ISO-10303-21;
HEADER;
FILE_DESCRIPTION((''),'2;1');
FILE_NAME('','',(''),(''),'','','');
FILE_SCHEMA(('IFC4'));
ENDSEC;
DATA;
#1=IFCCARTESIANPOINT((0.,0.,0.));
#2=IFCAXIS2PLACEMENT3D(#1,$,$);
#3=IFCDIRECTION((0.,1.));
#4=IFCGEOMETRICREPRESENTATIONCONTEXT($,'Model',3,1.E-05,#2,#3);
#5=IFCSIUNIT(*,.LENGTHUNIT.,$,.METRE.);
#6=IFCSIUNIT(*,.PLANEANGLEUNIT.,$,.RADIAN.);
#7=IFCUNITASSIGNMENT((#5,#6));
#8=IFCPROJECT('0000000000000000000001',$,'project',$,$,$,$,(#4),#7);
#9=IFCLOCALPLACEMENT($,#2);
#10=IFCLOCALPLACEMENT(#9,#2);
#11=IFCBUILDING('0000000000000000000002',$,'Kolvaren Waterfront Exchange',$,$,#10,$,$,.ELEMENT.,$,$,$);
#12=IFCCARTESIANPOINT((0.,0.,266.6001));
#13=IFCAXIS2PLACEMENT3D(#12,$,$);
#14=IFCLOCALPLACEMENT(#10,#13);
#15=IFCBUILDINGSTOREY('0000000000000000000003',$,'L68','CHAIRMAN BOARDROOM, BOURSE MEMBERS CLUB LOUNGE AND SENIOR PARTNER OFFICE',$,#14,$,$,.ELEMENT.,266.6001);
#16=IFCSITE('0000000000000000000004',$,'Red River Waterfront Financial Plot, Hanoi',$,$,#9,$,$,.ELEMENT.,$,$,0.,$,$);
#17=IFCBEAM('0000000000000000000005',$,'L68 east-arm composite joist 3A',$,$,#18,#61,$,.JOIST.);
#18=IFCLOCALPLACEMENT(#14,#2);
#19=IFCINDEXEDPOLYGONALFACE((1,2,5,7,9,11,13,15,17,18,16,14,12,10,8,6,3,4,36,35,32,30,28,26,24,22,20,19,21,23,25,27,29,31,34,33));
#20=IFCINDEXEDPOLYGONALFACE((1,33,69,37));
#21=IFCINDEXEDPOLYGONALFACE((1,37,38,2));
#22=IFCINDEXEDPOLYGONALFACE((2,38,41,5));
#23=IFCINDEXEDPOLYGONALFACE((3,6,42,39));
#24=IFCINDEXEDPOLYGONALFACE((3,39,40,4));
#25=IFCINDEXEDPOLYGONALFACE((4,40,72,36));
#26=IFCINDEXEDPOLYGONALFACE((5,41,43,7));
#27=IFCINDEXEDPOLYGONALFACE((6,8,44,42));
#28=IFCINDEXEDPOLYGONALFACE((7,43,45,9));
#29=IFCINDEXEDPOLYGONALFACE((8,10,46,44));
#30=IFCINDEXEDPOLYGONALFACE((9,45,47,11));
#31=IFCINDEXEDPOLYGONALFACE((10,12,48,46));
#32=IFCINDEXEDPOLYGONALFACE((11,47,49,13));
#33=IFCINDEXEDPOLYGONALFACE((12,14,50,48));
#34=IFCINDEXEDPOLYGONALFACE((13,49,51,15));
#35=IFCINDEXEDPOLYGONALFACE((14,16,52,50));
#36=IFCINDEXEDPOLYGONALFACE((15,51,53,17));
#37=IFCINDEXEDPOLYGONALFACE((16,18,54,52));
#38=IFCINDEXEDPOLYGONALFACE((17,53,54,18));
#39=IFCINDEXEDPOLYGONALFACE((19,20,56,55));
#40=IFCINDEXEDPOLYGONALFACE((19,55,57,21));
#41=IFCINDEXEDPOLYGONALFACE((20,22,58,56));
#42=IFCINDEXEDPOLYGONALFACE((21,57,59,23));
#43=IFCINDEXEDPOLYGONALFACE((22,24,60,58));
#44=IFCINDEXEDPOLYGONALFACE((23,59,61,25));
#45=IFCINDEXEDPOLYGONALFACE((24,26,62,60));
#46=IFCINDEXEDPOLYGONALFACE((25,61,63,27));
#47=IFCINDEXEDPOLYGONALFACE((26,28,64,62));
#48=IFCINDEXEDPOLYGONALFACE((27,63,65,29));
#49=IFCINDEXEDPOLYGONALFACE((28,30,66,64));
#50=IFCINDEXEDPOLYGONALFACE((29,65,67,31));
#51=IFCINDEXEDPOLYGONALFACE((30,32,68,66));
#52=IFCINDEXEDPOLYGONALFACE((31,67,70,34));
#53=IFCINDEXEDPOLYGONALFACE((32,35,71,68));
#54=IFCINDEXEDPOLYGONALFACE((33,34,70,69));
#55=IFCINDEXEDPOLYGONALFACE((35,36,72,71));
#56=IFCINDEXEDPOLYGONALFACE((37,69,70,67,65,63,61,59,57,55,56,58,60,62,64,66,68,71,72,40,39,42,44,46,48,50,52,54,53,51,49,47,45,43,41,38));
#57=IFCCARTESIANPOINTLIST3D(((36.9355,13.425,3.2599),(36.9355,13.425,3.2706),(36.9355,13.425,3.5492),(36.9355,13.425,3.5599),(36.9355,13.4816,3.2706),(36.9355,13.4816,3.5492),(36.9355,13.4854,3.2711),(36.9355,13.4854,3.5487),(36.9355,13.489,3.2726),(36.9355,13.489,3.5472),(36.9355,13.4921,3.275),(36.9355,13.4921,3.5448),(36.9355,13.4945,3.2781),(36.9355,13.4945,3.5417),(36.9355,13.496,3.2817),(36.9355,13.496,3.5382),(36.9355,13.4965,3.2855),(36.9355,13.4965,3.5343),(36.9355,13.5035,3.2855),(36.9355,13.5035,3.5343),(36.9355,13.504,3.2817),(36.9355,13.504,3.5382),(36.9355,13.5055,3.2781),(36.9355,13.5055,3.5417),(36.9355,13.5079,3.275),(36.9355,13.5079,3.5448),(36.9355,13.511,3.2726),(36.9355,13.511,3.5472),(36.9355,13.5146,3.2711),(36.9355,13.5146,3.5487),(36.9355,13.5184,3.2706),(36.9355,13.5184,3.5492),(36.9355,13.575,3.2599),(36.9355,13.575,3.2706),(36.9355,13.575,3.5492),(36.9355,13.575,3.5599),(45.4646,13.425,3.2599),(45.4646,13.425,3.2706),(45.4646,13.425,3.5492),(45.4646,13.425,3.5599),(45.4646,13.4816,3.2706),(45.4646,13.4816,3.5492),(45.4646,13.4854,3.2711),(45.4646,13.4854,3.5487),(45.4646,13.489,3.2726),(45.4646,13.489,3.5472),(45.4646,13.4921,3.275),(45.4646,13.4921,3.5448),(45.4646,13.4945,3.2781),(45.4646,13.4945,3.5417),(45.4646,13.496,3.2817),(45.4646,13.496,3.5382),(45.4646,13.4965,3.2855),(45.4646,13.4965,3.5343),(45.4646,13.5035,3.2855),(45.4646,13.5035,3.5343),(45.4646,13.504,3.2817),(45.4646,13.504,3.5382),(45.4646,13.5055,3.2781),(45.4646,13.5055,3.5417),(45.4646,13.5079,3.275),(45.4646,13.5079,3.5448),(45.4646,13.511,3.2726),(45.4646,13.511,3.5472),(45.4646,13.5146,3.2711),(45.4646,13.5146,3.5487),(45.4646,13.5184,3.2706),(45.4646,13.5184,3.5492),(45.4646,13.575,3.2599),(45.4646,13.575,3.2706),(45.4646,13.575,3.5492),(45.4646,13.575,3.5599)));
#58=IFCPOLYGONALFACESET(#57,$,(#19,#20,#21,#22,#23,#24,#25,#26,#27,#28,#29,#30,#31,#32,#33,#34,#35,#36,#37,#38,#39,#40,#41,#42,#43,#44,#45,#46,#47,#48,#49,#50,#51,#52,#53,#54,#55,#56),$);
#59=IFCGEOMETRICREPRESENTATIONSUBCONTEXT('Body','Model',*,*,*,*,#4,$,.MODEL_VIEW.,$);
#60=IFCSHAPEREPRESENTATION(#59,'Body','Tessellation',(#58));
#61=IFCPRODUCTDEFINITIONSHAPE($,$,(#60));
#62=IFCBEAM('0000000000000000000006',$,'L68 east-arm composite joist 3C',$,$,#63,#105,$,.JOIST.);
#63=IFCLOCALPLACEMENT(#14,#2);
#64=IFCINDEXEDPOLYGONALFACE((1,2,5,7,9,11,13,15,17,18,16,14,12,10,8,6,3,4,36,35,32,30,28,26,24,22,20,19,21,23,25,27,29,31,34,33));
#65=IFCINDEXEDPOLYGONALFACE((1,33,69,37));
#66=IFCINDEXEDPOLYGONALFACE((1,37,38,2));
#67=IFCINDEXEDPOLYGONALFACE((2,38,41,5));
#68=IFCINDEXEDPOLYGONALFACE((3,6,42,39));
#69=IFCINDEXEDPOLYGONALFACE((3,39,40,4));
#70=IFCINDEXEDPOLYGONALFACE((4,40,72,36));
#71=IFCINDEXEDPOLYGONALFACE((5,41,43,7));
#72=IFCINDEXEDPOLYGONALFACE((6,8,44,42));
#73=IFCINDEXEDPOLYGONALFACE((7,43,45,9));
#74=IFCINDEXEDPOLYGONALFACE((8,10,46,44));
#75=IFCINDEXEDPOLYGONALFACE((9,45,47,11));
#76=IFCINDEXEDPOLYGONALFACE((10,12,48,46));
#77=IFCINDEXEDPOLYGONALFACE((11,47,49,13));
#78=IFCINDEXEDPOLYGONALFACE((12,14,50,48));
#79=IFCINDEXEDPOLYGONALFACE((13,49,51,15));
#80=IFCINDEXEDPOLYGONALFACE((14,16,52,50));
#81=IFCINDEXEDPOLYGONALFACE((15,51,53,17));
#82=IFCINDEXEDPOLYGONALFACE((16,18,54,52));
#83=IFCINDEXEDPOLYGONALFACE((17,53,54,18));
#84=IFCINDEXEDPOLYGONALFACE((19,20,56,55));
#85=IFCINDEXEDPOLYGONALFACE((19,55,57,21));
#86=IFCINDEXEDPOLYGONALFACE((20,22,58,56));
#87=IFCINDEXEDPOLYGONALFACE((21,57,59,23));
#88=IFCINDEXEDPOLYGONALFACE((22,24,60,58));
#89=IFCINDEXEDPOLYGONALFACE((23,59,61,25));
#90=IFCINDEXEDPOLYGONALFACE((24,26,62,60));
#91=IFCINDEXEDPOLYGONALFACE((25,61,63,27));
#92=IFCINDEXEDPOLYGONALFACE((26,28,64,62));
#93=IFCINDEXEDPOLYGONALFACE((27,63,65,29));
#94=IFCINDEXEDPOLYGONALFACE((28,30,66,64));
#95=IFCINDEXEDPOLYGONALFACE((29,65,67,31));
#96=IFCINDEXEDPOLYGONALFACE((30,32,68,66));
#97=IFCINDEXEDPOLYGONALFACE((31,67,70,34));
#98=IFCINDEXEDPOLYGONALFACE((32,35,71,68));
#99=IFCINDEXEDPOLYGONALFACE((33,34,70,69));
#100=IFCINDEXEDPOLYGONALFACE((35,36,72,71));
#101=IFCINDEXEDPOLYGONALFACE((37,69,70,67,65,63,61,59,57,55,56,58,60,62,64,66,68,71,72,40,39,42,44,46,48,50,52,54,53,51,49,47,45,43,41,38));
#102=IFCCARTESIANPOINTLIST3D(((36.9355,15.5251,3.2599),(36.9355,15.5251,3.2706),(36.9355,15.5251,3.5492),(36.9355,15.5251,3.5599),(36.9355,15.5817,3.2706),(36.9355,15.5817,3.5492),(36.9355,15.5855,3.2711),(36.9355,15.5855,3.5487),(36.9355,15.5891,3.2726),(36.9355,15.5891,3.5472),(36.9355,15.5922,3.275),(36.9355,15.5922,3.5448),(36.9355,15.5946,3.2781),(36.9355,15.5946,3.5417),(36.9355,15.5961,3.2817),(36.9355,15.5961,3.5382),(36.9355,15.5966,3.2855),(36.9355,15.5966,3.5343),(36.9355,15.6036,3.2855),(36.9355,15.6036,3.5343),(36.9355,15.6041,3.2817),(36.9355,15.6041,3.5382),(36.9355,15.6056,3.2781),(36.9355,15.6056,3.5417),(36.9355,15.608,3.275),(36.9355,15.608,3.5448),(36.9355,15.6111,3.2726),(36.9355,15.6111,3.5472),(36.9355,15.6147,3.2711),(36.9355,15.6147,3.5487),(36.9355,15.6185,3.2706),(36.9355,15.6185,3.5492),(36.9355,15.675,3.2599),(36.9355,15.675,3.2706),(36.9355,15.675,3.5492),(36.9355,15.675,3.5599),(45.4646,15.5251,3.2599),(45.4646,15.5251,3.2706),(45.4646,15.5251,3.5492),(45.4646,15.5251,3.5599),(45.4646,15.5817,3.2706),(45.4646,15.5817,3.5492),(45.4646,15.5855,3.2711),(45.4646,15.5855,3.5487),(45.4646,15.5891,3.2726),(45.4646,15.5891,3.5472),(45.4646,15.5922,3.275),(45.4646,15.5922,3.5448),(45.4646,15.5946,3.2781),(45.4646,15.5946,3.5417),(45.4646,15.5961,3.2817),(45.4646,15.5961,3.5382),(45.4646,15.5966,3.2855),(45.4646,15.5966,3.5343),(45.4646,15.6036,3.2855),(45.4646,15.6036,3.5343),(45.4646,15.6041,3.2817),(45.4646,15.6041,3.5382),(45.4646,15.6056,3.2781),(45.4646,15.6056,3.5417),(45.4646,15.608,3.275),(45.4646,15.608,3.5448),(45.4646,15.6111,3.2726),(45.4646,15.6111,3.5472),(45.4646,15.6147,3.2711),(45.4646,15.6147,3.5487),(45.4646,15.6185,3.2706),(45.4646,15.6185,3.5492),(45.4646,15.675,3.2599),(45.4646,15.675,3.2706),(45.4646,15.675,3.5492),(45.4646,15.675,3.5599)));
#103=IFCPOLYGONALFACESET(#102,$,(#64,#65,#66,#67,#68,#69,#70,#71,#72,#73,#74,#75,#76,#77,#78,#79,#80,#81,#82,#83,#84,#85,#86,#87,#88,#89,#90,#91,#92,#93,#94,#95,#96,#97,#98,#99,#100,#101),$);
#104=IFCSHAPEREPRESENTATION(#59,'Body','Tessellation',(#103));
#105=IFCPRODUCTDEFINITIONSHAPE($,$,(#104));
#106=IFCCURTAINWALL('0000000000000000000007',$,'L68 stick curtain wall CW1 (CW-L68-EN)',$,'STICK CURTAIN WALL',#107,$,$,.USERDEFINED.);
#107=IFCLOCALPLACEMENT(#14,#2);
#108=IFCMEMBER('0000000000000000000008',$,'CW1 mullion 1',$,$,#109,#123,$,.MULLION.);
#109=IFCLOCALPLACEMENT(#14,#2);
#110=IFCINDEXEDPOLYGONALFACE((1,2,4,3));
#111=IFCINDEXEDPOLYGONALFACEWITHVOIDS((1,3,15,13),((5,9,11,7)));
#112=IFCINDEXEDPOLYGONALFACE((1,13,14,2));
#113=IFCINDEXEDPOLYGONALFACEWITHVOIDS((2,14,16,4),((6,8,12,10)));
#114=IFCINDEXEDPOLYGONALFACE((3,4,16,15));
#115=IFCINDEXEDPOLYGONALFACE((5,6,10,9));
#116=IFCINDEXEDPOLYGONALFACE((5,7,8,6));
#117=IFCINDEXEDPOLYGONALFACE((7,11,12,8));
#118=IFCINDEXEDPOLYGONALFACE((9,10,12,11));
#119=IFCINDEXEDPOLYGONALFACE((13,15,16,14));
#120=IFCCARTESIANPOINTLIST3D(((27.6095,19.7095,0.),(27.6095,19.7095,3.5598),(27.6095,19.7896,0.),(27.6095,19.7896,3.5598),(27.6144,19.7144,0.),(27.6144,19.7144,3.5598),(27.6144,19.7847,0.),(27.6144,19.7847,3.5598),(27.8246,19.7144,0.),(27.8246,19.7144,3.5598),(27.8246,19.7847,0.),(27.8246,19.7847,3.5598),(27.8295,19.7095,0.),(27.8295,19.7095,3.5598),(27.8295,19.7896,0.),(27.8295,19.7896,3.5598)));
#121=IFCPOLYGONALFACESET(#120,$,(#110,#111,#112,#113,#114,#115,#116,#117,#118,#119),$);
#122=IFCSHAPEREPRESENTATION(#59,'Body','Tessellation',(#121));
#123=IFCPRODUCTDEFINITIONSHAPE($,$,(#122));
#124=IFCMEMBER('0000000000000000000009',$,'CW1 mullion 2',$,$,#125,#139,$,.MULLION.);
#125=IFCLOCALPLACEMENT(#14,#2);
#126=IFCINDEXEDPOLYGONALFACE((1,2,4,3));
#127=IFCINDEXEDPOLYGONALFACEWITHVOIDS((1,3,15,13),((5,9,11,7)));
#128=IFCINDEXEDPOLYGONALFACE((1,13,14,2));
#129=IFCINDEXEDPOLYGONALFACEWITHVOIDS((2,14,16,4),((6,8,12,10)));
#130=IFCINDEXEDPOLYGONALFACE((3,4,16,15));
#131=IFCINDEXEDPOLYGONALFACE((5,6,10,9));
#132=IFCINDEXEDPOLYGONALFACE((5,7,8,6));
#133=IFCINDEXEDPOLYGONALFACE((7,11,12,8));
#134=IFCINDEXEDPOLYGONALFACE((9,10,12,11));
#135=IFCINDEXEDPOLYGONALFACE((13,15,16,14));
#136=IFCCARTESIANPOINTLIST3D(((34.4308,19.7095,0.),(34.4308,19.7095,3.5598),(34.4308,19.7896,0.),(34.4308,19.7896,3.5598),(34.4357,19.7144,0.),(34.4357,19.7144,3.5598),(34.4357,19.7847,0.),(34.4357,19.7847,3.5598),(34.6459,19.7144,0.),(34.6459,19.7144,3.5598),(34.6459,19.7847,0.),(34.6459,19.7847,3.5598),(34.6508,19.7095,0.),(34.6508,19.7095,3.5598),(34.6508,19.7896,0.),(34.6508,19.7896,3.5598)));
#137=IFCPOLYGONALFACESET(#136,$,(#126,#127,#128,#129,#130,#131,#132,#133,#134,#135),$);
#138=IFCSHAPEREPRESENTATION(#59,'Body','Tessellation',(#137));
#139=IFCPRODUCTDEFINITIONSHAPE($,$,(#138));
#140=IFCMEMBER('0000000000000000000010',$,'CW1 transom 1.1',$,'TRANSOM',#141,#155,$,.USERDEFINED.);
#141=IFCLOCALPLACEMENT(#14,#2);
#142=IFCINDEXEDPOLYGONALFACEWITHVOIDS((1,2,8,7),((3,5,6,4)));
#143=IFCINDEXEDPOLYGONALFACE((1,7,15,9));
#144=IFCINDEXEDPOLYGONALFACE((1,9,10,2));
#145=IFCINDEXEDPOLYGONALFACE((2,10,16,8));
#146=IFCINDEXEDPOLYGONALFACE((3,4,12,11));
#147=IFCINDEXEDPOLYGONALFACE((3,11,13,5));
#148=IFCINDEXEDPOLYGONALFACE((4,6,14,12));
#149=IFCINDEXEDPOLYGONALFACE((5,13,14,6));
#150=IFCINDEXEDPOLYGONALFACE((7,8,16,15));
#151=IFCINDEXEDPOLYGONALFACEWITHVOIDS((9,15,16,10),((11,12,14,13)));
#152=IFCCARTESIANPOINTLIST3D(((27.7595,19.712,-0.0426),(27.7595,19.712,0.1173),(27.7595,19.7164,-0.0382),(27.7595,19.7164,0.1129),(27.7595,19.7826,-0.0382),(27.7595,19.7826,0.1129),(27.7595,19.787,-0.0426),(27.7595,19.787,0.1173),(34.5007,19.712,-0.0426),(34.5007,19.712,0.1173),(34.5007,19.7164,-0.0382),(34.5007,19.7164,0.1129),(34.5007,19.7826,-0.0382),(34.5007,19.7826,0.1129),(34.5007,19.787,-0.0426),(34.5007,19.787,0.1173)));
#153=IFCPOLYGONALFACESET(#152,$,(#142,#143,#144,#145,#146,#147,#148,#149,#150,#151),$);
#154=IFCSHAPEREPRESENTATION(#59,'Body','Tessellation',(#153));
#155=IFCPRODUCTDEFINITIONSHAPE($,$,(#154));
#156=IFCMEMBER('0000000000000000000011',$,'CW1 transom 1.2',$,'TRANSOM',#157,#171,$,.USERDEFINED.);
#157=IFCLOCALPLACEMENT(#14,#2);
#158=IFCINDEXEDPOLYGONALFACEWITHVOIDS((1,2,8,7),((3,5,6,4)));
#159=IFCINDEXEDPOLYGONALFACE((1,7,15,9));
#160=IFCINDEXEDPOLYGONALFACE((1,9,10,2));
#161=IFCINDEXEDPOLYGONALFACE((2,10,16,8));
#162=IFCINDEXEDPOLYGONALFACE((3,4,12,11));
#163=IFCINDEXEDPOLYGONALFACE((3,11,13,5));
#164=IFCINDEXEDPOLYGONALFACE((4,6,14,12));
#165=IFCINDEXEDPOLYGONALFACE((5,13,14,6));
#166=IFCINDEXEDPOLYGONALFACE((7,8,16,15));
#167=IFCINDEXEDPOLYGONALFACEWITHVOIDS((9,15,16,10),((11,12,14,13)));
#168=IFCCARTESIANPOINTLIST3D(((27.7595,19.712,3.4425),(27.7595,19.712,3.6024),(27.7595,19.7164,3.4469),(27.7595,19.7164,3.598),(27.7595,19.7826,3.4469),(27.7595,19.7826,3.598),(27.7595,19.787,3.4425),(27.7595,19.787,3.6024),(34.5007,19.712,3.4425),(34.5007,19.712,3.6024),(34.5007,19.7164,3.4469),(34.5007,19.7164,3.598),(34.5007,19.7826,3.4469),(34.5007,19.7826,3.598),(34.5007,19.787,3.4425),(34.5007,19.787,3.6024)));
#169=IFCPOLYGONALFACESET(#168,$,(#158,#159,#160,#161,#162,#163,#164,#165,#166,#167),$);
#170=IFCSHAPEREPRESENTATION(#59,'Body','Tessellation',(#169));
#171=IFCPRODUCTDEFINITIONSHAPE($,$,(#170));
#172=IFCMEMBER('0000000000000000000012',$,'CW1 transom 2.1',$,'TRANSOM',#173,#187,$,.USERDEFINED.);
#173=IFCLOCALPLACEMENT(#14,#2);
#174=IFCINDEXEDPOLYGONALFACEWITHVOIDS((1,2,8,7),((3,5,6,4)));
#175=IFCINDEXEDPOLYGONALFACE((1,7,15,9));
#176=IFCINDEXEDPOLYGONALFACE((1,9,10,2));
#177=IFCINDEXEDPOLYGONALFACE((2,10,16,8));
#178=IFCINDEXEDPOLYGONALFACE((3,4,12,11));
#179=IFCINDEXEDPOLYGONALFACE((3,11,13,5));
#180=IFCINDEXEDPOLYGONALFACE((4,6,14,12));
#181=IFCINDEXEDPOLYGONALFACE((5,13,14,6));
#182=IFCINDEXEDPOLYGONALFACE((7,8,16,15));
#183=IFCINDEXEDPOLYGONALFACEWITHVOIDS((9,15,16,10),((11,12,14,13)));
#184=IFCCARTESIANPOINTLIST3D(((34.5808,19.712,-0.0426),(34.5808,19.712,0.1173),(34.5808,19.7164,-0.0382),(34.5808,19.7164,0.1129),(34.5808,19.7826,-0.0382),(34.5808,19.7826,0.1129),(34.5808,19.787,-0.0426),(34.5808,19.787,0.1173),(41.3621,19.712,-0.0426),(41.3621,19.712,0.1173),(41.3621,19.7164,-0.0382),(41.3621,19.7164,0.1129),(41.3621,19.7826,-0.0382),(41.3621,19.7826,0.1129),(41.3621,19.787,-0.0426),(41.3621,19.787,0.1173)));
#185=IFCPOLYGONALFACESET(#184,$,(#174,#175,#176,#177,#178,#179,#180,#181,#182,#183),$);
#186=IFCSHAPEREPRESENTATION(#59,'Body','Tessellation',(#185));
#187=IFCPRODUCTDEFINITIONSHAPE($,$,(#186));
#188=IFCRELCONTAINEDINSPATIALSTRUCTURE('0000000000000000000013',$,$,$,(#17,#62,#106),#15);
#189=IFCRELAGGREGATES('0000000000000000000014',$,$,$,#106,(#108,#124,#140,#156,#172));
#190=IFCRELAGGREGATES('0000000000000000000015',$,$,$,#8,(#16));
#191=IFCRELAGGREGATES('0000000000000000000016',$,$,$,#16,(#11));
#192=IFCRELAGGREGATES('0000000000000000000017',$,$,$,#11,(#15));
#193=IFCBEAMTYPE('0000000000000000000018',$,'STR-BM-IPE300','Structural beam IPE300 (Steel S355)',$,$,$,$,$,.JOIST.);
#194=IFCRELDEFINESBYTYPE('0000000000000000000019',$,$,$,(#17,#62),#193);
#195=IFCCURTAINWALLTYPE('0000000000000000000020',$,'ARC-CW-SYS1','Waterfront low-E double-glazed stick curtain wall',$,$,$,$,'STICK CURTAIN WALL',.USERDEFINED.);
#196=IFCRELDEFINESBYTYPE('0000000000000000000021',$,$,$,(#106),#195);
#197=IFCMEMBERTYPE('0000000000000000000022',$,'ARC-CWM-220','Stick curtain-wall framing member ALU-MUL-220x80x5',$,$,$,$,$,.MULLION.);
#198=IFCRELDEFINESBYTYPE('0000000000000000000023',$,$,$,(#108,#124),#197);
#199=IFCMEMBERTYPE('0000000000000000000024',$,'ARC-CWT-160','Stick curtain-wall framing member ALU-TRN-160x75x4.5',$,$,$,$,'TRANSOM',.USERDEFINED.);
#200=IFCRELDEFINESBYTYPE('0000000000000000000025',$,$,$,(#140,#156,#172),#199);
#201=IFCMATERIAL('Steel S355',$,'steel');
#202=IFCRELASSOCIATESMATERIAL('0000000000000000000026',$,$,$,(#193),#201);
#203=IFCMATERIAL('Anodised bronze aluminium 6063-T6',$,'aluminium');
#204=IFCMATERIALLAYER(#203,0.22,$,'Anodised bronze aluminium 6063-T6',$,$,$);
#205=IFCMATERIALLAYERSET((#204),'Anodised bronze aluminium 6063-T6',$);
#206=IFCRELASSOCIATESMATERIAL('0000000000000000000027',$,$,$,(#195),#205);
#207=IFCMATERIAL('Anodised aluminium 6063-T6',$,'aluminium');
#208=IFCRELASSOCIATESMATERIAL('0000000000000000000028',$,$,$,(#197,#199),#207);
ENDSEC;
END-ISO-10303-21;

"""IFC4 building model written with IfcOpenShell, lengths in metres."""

from ifc_helpers import new_model, si_unit, direction, frame, origin, origin_with_axes, origin_2d, place, context, subcontext, project, spatial, hollow_rectangle, i_section, extrude, source, transform, mapped, material, layer, layer_set, material_profile, profile_set, type_object, element, aggregate, save


model = new_model("IFC4")

# Units and contexts
model_context = context("Model", 3, precision=1e-05, world=origin(), true_north=direction((0.0, 1.0)))
body_context = subcontext(model_context, "Body", "Model", "MODEL_VIEW")
ifc_project = project(units=[si_unit("LENGTHUNIT", "METRE"), si_unit("PLANEANGLEUNIT", "RADIAN")], contexts=[model_context])

# Site, building, storey
site_placement = place(None, origin())
site = spatial("IfcSite", under=ifc_project, at=site_placement, Name="Red River Waterfront Financial Plot, Hanoi", CompositionType="ELEMENT", RefElevation=0.0)
building_placement = place(site_placement, origin())
building = spatial("IfcBuilding", under=site, at=building_placement, Name="Kolvaren Waterfront Exchange", CompositionType="ELEMENT")
storey_placement = place(building_placement, frame((0.0, 0.0, 266.6001)))
storey = spatial("IfcBuildingStorey", under=building, at=storey_placement, Name="L68", Description="CHAIRMAN BOARDROOM, BOURSE MEMBERS CLUB LOUNGE AND SENIOR PARTNER OFFICE", CompositionType="ELEMENT", Elevation=266.6001)

# Beams
ifc_material_1 = material(Name="Steel S355", Category="steel")
ifc_material_profile_1 = material_profile(ifc_material_1, i_section(OverallWidth=0.1499, OverallDepth=0.3, WebThickness=0.0071, FlangeThickness=0.0107, FilletRadius=0.0149, at=origin_2d()), Name="IPE300")
ifc_profile_set_1 = profile_set([ifc_material_profile_1], Name="Steel S355")
beam_type_1 = type_object("IfcBeamType", Name="STR-BM-IPE300", Description="Structural beam IPE300 (Steel S355)", PredefinedType="JOIST", material=ifc_profile_set_1)
for number, where, z_axis, x_axis, name in (
    (1, (36.9355, 13.5, 3.4099), (1.0, 0.0, 0.0), (0.0, 1.0, 0.0), "L68 east-arm composite joist 3A"),
    (2, (36.9355, 15.6001, 3.4099), (1.0, 0.0, 0.0), (0.0, 1.0, 0.0), "L68 east-arm composite joist 3C"),
):
    element("IfcBeam", number, at=place(storey_placement, frame(where, z_axis=z_axis, x_axis=x_axis)), inside=storey, type_object=beam_type_1, Name=name, PredefinedType="JOIST", context=body_context, shape_type="SweptSolid", body=[
        extrude(i_section(OverallWidth=0.1499, OverallDepth=0.3, WebThickness=0.0071, FlangeThickness=0.0107, FilletRadius=0.0149, at=origin_2d()), origin(), (0.0, 0.0, 1.0), 8.5291),
    ])

# Curtain wall, members
ifc_material_2 = material(Name="Anodised bronze aluminium 6063-T6", Category="aluminium")
ifc_layer_1 = layer(ifc_material_2, 0.22, Name="Anodised bronze aluminium 6063-T6")
ifc_layer_set_1 = layer_set([ifc_layer_1], Name="Anodised bronze aluminium 6063-T6")
curtain_wall_type = type_object("IfcCurtainWallType", Name="ARC-CW-SYS1", Description="Waterfront low-E double-glazed stick curtain wall", ElementType="STICK CURTAIN WALL", PredefinedType="USERDEFINED", material=ifc_layer_set_1)
curtain_wall_placement = place(storey_placement, origin())
curtain_wall = element("IfcCurtainWall", 3, at=curtain_wall_placement, inside=storey, type_object=curtain_wall_type, Name="L68 stick curtain wall CW1 (CW-L68-EN)", ObjectType="STICK CURTAIN WALL", PredefinedType="USERDEFINED")
ifc_material_3 = material(Name="Anodised aluminium 6063-T6", Category="aluminium")
ifc_material_profile_2 = material_profile(ifc_material_3, hollow_rectangle(XDim=0.0801, YDim=0.22, WallThickness=0.0049, at=origin_2d()), Name="ALU-MUL-220x80x5")
ifc_profile_set_2 = profile_set([ifc_material_profile_2], Name="Anodised aluminium 6063-T6")
member_type_1 = type_object("IfcMemberType", Name="ARC-CWM-220", Description="Stick curtain-wall framing member ALU-MUL-220x80x5", PredefinedType="MULLION", material=ifc_profile_set_2)
shared_shape_1 = source(origin_with_axes(), body_context, "Body", "SweptSolid", [
    extrude(hollow_rectangle(XDim=0.0801, YDim=0.22, WallThickness=0.0049, at=origin_2d()), origin(), (0.0, 0.0, 1.0), 3.5598),
])
member_1_placement = place(storey_placement, frame((27.7195, 19.7495, 0.0), z_axis=(0.0, 0.0, 1.0), x_axis=(0.0, 1.0, 0.0)))
member_1 = element("IfcMember", 4, at=member_1_placement, type_object=member_type_1, Name="CW1 mullion 1", PredefinedType="MULLION", context=body_context, shape_type="MappedRepresentation", body=[
    mapped(shared_shape_1, transform((0.0, 0.0, 0.0), x_axis=(1.0, 0.0, 0.0), y_axis=(0.0, 1.0, 0.0), z_axis=(0.0, 0.0, 1.0), scale=1.0)),
])
member_2_placement = place(storey_placement, frame((34.5408, 19.7495, 0.0), z_axis=(0.0, 0.0, 1.0), x_axis=(0.0, 1.0, 0.0)))
member_2 = element("IfcMember", 5, at=member_2_placement, type_object=member_type_1, Name="CW1 mullion 2", PredefinedType="MULLION", context=body_context, shape_type="MappedRepresentation", body=[
    mapped(shared_shape_1, transform((0.0, 0.0, 0.0), x_axis=(1.0, 0.0, 0.0), y_axis=(0.0, 1.0, 0.0), z_axis=(0.0, 0.0, 1.0), scale=1.0)),
])
ifc_material_profile_3 = material_profile(ifc_material_3, hollow_rectangle(XDim=0.075, YDim=0.1599, WallThickness=0.0044, at=origin_2d()), Name="ALU-TRN-160x75x4.5")
ifc_profile_set_3 = profile_set([ifc_material_profile_3], Name="Anodised aluminium 6063-T6")
member_type_2 = type_object("IfcMemberType", Name="ARC-CWT-160", Description="Stick curtain-wall framing member ALU-TRN-160x75x4.5", ElementType="TRANSOM", PredefinedType="USERDEFINED", material=ifc_profile_set_3)
shared_shape_2 = source(origin_with_axes(), body_context, "Body", "SweptSolid", [
    extrude(hollow_rectangle(XDim=0.075, YDim=0.1599, WallThickness=0.0044, at=origin_2d()), origin(), (0.0, 0.0, 1.0), 6.7412),
])
member_3_placement = place(storey_placement, frame((27.7595, 19.7495, 0.0374), z_axis=(1.0, 0.0, 0.0), x_axis=(0.0, 1.0, 0.0)))
member_3 = element("IfcMember", 6, at=member_3_placement, type_object=member_type_2, Name="CW1 transom 1.1", ObjectType="TRANSOM", PredefinedType="USERDEFINED", context=body_context, shape_type="MappedRepresentation", body=[
    mapped(shared_shape_2, transform((0.0, 0.0, 0.0), x_axis=(1.0, 0.0, 0.0), y_axis=(0.0, 1.0, 0.0), z_axis=(0.0, 0.0, 1.0), scale=1.0)),
])
member_4_placement = place(storey_placement, frame((27.7595, 19.7495, 3.5225), z_axis=(1.0, 0.0, 0.0), x_axis=(0.0, 1.0, 0.0)))
member_4 = element("IfcMember", 7, at=member_4_placement, type_object=member_type_2, Name="CW1 transom 1.2", ObjectType="TRANSOM", PredefinedType="USERDEFINED", context=body_context, shape_type="MappedRepresentation", body=[
    mapped(shared_shape_2, transform((0.0, 0.0, 0.0), x_axis=(1.0, 0.0, 0.0), y_axis=(0.0, 1.0, 0.0), z_axis=(0.0, 0.0, 1.0), scale=1.0)),
])
shared_shape_3 = source(origin_with_axes(), body_context, "Body", "SweptSolid", [
    extrude(hollow_rectangle(XDim=0.075, YDim=0.1599, WallThickness=0.0044, at=origin_2d()), origin(), (0.0, 0.0, 1.0), 6.7812),
])
member_5_placement = place(storey_placement, frame((34.5808, 19.7495, 0.0374), z_axis=(1.0, 0.0, 0.0), x_axis=(0.0, 1.0, 0.0)))
member_5 = element("IfcMember", 8, at=member_5_placement, type_object=member_type_2, Name="CW1 transom 2.1", ObjectType="TRANSOM", PredefinedType="USERDEFINED", context=body_context, shape_type="MappedRepresentation", body=[
    mapped(shared_shape_3, transform((0.0, 0.0, 0.0), x_axis=(1.0, 0.0, 0.0), y_axis=(0.0, 1.0, 0.0), z_axis=(0.0, 0.0, 1.0), scale=1.0)),
])
aggregate(curtain_wall, [member_1, member_2, member_3, member_4, member_5])

save(model, "model.ifc")
